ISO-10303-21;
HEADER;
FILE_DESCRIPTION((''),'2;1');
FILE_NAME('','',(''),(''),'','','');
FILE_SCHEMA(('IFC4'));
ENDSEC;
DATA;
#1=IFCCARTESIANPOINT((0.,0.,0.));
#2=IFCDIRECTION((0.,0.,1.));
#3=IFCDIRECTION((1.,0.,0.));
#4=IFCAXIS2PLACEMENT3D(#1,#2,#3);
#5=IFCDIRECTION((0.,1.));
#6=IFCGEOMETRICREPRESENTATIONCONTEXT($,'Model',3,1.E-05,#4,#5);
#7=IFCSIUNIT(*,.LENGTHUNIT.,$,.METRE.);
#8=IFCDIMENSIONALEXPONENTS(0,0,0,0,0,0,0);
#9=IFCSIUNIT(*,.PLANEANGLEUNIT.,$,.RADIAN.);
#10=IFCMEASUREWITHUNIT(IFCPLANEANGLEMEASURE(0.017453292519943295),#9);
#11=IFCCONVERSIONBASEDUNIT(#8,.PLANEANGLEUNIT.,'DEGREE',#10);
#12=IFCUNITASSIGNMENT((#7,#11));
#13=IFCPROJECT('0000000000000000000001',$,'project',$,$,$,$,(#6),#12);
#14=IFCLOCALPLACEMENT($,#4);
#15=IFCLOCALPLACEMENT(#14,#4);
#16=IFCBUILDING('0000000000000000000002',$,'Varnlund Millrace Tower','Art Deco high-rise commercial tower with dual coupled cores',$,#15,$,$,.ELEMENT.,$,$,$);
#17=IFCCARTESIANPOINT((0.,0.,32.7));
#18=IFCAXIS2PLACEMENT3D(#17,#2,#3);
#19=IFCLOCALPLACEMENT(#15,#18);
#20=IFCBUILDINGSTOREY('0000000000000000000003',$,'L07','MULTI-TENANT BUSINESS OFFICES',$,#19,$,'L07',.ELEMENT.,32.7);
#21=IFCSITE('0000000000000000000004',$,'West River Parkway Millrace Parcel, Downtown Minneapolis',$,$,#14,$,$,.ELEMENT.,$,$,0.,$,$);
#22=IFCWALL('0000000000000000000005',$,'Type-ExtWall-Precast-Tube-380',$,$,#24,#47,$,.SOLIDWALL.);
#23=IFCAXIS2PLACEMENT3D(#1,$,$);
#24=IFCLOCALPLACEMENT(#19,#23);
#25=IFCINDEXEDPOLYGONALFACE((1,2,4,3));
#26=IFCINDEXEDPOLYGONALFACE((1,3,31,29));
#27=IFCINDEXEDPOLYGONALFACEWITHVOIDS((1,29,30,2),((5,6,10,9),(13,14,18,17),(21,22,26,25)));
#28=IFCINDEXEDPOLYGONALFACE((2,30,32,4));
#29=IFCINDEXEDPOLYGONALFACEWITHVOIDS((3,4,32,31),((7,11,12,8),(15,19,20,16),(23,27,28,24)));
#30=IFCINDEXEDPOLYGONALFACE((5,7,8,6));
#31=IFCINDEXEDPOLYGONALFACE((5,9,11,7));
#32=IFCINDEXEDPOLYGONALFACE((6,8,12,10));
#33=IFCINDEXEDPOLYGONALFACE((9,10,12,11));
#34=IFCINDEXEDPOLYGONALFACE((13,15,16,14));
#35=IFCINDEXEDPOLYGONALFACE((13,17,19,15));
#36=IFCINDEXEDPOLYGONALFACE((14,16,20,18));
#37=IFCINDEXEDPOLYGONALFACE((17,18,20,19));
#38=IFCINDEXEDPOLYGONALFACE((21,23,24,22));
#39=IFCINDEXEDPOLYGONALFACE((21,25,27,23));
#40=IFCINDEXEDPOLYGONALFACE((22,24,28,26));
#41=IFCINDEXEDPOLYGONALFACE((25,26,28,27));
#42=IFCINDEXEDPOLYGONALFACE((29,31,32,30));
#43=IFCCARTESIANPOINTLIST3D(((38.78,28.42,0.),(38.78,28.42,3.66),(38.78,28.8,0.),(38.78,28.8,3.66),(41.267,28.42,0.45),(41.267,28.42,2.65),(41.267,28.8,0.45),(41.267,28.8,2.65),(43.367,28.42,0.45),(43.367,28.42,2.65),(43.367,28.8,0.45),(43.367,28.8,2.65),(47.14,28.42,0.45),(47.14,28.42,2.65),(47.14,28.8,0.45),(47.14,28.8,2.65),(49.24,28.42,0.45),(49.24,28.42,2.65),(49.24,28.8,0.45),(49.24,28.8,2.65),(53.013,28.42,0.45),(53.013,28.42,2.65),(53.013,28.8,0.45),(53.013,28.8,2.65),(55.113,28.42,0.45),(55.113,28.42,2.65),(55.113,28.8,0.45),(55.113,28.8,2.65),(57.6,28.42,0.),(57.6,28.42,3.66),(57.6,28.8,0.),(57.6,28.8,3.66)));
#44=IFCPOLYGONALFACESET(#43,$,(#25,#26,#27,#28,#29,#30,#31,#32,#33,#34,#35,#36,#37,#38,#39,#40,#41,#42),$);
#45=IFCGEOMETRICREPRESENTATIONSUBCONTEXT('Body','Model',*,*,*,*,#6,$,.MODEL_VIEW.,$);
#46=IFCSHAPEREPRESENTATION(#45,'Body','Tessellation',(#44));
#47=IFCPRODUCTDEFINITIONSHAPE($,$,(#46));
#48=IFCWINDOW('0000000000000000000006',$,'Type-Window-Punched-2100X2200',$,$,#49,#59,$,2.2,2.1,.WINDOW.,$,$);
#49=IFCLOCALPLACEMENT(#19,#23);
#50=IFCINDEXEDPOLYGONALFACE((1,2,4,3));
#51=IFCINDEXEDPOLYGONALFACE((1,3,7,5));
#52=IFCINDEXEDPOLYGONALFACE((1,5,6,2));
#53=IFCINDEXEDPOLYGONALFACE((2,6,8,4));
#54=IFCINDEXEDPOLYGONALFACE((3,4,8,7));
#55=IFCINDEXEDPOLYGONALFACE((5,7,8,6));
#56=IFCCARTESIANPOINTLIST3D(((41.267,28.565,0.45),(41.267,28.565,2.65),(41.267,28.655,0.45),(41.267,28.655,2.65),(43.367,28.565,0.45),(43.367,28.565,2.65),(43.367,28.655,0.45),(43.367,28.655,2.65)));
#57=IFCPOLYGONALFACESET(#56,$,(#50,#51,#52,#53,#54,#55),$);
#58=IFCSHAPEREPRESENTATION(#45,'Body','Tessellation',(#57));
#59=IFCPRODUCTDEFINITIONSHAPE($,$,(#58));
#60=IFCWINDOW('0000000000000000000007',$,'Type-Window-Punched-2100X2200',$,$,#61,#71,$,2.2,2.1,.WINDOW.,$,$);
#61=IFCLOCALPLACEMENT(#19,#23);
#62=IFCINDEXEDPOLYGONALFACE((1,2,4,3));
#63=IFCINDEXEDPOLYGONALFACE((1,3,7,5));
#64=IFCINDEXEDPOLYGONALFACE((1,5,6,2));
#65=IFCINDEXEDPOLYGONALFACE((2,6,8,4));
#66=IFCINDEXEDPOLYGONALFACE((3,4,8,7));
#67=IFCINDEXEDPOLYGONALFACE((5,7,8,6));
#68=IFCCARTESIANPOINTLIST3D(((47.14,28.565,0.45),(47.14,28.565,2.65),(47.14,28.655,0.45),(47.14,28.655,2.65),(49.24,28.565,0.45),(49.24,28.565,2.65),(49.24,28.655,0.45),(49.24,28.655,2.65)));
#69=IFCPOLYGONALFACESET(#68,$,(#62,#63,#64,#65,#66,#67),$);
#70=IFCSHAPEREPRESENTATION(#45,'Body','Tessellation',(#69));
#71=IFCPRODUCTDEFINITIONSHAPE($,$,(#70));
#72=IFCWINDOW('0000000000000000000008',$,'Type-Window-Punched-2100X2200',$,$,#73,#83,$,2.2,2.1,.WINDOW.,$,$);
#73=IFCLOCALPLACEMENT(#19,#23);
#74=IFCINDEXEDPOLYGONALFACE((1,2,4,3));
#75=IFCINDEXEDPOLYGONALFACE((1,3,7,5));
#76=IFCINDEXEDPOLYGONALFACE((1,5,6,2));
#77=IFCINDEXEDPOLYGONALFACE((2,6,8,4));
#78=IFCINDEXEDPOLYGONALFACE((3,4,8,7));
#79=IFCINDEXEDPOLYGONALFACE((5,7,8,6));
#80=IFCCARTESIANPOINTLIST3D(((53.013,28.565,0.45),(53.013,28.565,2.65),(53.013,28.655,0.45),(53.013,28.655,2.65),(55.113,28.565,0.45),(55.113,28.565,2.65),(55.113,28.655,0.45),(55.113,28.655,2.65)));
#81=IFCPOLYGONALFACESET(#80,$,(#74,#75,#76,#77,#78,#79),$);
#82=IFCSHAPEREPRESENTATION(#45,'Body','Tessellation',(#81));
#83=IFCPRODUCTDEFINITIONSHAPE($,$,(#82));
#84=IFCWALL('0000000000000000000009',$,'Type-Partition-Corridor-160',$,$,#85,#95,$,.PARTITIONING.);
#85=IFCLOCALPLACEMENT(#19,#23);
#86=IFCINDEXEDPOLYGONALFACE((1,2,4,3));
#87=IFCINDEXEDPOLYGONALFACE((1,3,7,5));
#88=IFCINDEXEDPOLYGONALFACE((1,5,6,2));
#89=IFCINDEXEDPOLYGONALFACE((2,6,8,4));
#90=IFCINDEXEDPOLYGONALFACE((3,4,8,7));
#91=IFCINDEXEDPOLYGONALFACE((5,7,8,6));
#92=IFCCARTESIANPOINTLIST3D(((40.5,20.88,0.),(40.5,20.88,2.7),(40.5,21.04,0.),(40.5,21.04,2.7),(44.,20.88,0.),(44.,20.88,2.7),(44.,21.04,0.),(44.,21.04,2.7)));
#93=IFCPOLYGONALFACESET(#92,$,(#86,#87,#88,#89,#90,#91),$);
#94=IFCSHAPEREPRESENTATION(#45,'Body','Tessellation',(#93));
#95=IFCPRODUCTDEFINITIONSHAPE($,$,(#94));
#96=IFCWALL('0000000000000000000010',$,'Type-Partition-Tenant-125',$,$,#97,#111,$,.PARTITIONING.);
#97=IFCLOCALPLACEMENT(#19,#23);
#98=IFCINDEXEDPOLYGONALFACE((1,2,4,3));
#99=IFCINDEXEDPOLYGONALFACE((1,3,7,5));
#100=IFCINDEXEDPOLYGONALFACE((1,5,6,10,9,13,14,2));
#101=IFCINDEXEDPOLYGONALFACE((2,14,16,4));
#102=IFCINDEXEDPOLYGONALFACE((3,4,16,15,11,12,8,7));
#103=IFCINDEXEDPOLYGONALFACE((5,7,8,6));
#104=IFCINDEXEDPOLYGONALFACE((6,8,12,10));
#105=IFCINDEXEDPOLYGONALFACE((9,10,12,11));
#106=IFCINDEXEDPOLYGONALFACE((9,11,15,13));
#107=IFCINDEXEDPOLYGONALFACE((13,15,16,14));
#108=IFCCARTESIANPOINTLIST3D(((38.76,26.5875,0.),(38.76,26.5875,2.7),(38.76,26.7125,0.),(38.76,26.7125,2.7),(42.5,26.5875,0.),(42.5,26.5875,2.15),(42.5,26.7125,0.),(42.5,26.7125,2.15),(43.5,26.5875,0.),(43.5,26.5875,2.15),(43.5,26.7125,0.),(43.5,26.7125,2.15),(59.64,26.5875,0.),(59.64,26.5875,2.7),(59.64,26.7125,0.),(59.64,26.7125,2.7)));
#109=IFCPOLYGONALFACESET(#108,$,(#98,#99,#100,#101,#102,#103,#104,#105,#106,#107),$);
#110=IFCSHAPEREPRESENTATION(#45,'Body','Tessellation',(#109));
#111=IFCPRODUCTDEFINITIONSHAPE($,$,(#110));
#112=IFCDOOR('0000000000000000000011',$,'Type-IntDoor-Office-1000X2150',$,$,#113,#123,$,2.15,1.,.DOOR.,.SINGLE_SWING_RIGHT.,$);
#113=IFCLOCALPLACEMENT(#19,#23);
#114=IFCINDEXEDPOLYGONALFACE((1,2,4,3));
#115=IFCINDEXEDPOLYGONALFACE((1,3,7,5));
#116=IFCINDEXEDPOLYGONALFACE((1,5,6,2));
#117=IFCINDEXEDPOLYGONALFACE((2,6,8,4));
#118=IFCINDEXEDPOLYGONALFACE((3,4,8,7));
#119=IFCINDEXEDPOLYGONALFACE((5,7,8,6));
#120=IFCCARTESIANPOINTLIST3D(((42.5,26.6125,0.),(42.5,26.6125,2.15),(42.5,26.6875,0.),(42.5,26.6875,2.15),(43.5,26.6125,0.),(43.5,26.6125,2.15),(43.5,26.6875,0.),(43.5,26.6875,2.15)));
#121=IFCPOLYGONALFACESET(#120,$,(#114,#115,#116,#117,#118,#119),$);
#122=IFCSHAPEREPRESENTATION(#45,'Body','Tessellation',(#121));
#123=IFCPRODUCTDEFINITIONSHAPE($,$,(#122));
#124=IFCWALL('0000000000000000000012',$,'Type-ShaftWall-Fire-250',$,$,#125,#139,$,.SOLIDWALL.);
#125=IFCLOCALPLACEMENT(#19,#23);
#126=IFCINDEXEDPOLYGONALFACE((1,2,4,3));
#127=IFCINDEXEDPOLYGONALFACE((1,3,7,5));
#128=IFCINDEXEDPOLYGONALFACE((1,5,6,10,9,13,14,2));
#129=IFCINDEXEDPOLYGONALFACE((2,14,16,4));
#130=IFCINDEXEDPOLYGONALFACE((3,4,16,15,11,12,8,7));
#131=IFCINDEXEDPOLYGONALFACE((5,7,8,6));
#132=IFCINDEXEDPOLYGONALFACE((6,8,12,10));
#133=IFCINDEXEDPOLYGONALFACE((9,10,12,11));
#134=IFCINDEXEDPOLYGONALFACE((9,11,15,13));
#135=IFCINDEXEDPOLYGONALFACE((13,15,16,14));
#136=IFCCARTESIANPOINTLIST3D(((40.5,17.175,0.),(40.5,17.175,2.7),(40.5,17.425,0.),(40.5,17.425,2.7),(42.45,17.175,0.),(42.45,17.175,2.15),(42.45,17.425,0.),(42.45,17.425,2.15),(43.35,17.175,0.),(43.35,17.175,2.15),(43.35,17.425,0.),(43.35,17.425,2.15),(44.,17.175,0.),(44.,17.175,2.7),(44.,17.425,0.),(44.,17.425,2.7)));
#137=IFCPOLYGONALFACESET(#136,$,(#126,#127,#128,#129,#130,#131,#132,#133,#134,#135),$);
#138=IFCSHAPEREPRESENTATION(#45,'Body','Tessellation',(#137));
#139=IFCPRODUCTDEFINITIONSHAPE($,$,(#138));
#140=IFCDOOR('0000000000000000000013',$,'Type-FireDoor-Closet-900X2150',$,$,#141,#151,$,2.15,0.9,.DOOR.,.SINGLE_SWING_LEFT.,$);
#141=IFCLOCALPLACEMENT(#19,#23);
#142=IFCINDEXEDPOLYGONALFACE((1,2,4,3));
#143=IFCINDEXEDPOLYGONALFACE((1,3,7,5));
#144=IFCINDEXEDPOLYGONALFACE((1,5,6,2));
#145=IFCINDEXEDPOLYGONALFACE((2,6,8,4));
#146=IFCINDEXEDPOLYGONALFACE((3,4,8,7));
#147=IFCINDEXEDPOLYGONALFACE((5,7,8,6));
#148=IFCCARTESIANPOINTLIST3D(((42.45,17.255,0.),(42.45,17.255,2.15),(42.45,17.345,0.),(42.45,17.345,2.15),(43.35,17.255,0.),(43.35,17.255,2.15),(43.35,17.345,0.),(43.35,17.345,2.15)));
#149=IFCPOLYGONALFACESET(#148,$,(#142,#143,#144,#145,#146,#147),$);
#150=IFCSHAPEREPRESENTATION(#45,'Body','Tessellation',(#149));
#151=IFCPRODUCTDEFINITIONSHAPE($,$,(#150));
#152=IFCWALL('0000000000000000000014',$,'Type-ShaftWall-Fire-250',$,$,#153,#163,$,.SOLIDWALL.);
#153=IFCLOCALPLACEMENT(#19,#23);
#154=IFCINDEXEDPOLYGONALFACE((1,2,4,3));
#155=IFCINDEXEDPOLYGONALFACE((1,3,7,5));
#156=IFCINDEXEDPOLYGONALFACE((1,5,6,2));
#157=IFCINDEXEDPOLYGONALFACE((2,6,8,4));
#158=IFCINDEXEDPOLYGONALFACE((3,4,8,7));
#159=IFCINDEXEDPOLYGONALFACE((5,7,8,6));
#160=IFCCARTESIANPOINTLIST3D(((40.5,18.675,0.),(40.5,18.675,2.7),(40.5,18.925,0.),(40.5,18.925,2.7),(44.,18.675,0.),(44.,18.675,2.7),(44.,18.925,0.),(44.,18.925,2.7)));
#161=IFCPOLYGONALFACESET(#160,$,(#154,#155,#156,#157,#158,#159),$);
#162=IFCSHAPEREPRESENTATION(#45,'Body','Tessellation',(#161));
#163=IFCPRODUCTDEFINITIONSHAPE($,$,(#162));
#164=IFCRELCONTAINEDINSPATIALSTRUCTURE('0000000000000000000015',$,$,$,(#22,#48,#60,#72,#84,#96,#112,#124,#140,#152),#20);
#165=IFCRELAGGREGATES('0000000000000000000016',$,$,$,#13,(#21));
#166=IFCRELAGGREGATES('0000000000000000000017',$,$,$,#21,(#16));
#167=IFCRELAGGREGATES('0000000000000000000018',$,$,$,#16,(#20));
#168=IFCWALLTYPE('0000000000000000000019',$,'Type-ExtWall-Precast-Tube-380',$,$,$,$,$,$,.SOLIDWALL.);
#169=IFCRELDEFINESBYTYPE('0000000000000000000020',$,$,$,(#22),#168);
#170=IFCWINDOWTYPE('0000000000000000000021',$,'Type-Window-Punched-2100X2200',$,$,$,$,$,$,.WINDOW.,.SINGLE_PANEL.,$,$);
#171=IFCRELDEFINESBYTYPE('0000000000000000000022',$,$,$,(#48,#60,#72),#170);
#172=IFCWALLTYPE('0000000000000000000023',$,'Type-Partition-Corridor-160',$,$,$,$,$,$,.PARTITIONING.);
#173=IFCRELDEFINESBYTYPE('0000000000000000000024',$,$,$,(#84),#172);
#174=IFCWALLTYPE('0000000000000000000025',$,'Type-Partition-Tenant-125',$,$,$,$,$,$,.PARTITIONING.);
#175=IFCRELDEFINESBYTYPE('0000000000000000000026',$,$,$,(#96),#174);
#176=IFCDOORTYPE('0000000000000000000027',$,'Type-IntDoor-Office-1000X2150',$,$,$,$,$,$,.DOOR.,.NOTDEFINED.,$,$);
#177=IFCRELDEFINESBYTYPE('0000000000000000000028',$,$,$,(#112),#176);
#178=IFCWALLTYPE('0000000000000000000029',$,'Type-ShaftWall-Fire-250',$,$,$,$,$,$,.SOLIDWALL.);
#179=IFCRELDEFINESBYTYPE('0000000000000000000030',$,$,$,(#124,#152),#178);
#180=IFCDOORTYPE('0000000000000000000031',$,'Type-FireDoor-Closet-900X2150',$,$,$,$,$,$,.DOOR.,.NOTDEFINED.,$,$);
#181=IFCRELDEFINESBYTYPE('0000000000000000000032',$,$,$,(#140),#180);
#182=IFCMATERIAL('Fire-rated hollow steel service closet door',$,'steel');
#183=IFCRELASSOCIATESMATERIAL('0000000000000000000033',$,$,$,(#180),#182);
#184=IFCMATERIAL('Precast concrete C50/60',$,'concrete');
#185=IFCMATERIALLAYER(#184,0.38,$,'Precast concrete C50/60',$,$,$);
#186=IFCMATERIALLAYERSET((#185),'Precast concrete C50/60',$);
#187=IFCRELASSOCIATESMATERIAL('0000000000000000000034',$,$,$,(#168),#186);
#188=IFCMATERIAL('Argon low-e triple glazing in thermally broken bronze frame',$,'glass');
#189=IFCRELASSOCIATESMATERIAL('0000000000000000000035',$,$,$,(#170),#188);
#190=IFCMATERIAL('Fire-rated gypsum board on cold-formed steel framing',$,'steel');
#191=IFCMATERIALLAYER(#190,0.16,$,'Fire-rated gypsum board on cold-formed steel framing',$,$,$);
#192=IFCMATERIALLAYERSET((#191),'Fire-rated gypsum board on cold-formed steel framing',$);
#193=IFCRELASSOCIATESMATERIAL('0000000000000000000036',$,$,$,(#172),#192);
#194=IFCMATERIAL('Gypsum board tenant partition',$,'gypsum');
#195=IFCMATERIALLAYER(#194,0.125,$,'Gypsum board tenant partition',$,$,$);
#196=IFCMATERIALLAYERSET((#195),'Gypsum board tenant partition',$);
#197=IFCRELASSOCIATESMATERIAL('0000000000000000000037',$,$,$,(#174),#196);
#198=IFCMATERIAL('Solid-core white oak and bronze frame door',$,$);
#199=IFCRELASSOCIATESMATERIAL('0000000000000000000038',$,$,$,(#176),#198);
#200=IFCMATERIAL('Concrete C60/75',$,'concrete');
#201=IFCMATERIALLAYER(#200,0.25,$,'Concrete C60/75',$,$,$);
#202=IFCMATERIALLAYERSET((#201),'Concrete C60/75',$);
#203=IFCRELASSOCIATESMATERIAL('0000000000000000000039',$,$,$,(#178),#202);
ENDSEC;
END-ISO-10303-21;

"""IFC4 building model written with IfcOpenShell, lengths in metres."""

from ifc_helpers import new_model, entity, si_unit, converted_unit, direction, frame, origin_with_axes, origin_2d_with_axis, place, context, subcontext, project, spatial, polyline, rectangle, outline, extrude, material, layer, layer_set, type_object, element, fill, save


model = new_model("IFC4")

# Units and contexts
model_context = context("Model", 3, precision=1e-05, world=origin_with_axes(), true_north=direction((0.0, 1.0)))
body_context = subcontext(model_context, "Body", "Model", "MODEL_VIEW")
ifc_project = project(units=[si_unit("LENGTHUNIT", "METRE"), converted_unit("PLANEANGLEUNIT", "DEGREE", entity("IfcPlaneAngleMeasure", 0.017453292519943295), si_unit("PLANEANGLEUNIT", "RADIAN"), dimensions=[0, 0, 0, 0, 0, 0, 0])], contexts=[model_context])

# Site, building, storey
site_placement = place(None, origin_with_axes())
site = spatial("IfcSite", under=ifc_project, at=site_placement, Name="West River Parkway Millrace Parcel, Downtown Minneapolis", CompositionType="ELEMENT", RefElevation=0.0)
building_placement = place(site_placement, origin_with_axes())
building = spatial("IfcBuilding", under=site, at=building_placement, Name="Varnlund Millrace Tower", Description="Art Deco high-rise commercial tower with dual coupled cores", CompositionType="ELEMENT")
storey_placement = place(building_placement, frame((0.0, 0.0, 32.7), z_axis=(0.0, 0.0, 1.0), x_axis=(1.0, 0.0, 0.0)))
storey = spatial("IfcBuildingStorey", under=building, at=storey_placement, Name="L07", Description="MULTI-TENANT BUSINESS OFFICES", LongName="L07", CompositionType="ELEMENT", Elevation=32.7)

# Shared definitions
ifc_material_1 = material(Name="Fire-rated hollow steel service closet door", Category="steel")
door_type_1 = type_object("IfcDoorType", Name="Type-FireDoor-Closet-900X2150", OperationType="NOTDEFINED", PredefinedType="DOOR", material=ifc_material_1)

# Wall, openings, windows
ifc_material_2 = material(Name="Precast concrete C50/60", Category="concrete")
ifc_layer_1 = layer(ifc_material_2, 0.38, Name="Precast concrete C50/60")
ifc_layer_set_1 = layer_set([ifc_layer_1], Name="Precast concrete C50/60")
wall_type_1 = type_object("IfcWallType", Name="Type-ExtWall-Precast-Tube-380", PredefinedType="SOLIDWALL", material=ifc_layer_set_1)
wall_1_placement = place(storey_placement, frame((38.78, 28.61, 0.0), z_axis=(0.0, 0.0, 1.0), x_axis=(1.0, 0.0, 0.0)))
wall_1 = element("IfcWall", 1, at=wall_1_placement, inside=storey, type_object=wall_type_1, Name="Type-ExtWall-Precast-Tube-380", PredefinedType="SOLIDWALL", context=body_context, shape_type="SweptSolid", body=[
    extrude(outline(polyline([(0.0, -0.19), (18.82, -0.19), (18.82, 0.19), (0.0, 0.19), (0.0, -0.19)])), origin_with_axes(), (0.0, 0.0, 1.0), 3.66),
])
opening_1_placement = place(wall_1_placement, frame((3.537, 0.0, 0.45), z_axis=(0.0, 0.0, 1.0), x_axis=(1.0, 0.0, 0.0)))
opening_1 = element("IfcOpeningElement", 2, at=opening_1_placement, cuts=wall_1, PredefinedType="OPENING", context=body_context, shape_type="SweptSolid", body=[
    extrude(rectangle(XDim=2.1, YDim=0.4, at=origin_2d_with_axis()), origin_with_axes(), (0.0, 0.0, 1.0), 2.2),
])
opening_2_placement = place(wall_1_placement, frame((9.41, 0.0, 0.45), z_axis=(0.0, 0.0, 1.0), x_axis=(1.0, 0.0, 0.0)))
opening_2 = element("IfcOpeningElement", 3, at=opening_2_placement, cuts=wall_1, PredefinedType="OPENING", context=body_context, shape_type="SweptSolid", body=[
    extrude(rectangle(XDim=2.1, YDim=0.4, at=origin_2d_with_axis()), origin_with_axes(), (0.0, 0.0, 1.0), 2.2),
])
opening_3_placement = place(wall_1_placement, frame((15.283, 0.0, 0.45), z_axis=(0.0, 0.0, 1.0), x_axis=(1.0, 0.0, 0.0)))
opening_3 = element("IfcOpeningElement", 4, at=opening_3_placement, cuts=wall_1, PredefinedType="OPENING", context=body_context, shape_type="SweptSolid", body=[
    extrude(rectangle(XDim=2.1, YDim=0.4, at=origin_2d_with_axis()), origin_with_axes(), (0.0, 0.0, 1.0), 2.2),
])
ifc_material_3 = material(Name="Argon low-e triple glazing in thermally broken bronze frame", Category="glass")
window_type = type_object("IfcWindowType", Name="Type-Window-Punched-2100X2200", PartitioningType="SINGLE_PANEL", PredefinedType="WINDOW", material=ifc_material_3)
window_1_placement = place(wall_1_placement, frame((3.537, 0.0, 0.45), z_axis=(0.0, 0.0, 1.0), x_axis=(1.0, 0.0, 0.0)))
window_1 = element("IfcWindow", 5, at=window_1_placement, inside=storey, type_object=window_type, Name="Type-Window-Punched-2100X2200", OverallHeight=2.2, OverallWidth=2.1, PredefinedType="WINDOW", context=body_context, shape_type="SweptSolid", body=[
    extrude(rectangle(XDim=2.1, YDim=0.09, at=origin_2d_with_axis()), origin_with_axes(), (0.0, 0.0, 1.0), 2.2),
])
fill(opening_1, window_1)
window_2_placement = place(wall_1_placement, frame((9.41, 0.0, 0.45), z_axis=(0.0, 0.0, 1.0), x_axis=(1.0, 0.0, 0.0)))
window_2 = element("IfcWindow", 6, at=window_2_placement, inside=storey, type_object=window_type, Name="Type-Window-Punched-2100X2200", OverallHeight=2.2, OverallWidth=2.1, PredefinedType="WINDOW", context=body_context, shape_type="SweptSolid", body=[
    extrude(rectangle(XDim=2.1, YDim=0.09, at=origin_2d_with_axis()), origin_with_axes(), (0.0, 0.0, 1.0), 2.2),
])
fill(opening_2, window_2)
window_3_placement = place(wall_1_placement, frame((15.283, 0.0, 0.45), z_axis=(0.0, 0.0, 1.0), x_axis=(1.0, 0.0, 0.0)))
window_3 = element("IfcWindow", 7, at=window_3_placement, inside=storey, type_object=window_type, Name="Type-Window-Punched-2100X2200", OverallHeight=2.2, OverallWidth=2.1, PredefinedType="WINDOW", context=body_context, shape_type="SweptSolid", body=[
    extrude(rectangle(XDim=2.1, YDim=0.09, at=origin_2d_with_axis()), origin_with_axes(), (0.0, 0.0, 1.0), 2.2),
])
fill(opening_3, window_3)

# Wall
ifc_material_4 = material(Name="Fire-rated gypsum board on cold-formed steel framing", Category="steel")
ifc_layer_2 = layer(ifc_material_4, 0.16, Name="Fire-rated gypsum board on cold-formed steel framing")
ifc_layer_set_2 = layer_set([ifc_layer_2], Name="Fire-rated gypsum board on cold-formed steel framing")
wall_type_2 = type_object("IfcWallType", Name="Type-Partition-Corridor-160", PredefinedType="PARTITIONING", material=ifc_layer_set_2)
wall_2_placement = place(storey_placement, frame((40.5, 20.96, 0.0), z_axis=(0.0, 0.0, 1.0), x_axis=(1.0, 0.0, 0.0)))
element("IfcWall", 8, at=wall_2_placement, inside=storey, type_object=wall_type_2, Name="Type-Partition-Corridor-160", PredefinedType="PARTITIONING", context=body_context, shape_type="SweptSolid", body=[
    extrude(outline(polyline([(0.0, -0.08), (3.5, -0.08), (3.5, 0.08), (0.0, 0.08), (0.0, -0.08)])), origin_with_axes(), (0.0, 0.0, 1.0), 2.7),
])

# Walls, openings, doors
ifc_material_5 = material(Name="Gypsum board tenant partition", Category="gypsum")
ifc_layer_3 = layer(ifc_material_5, 0.125, Name="Gypsum board tenant partition")
ifc_layer_set_3 = layer_set([ifc_layer_3], Name="Gypsum board tenant partition")
wall_type_3 = type_object("IfcWallType", Name="Type-Partition-Tenant-125", PredefinedType="PARTITIONING", material=ifc_layer_set_3)
wall_3_placement = place(storey_placement, frame((38.76, 26.65, 0.0), z_axis=(0.0, 0.0, 1.0), x_axis=(1.0, 0.0, 0.0)))
wall_3 = element("IfcWall", 9, at=wall_3_placement, inside=storey, type_object=wall_type_3, Name="Type-Partition-Tenant-125", PredefinedType="PARTITIONING", context=body_context, shape_type="SweptSolid", body=[
    extrude(outline(polyline([(0.0, -0.0625), (20.88, -0.0625), (20.88, 0.0625), (0.0, 0.0625), (0.0, -0.0625)])), origin_with_axes(), (0.0, 0.0, 1.0), 2.7),
])
opening_4_placement = place(wall_3_placement, frame((4.24, 0.0, 0.0), z_axis=(0.0, 0.0, 1.0), x_axis=(1.0, 0.0, 0.0)))
opening_4 = element("IfcOpeningElement", 10, at=opening_4_placement, cuts=wall_3, PredefinedType="OPENING", context=body_context, shape_type="SweptSolid", body=[
    extrude(rectangle(XDim=1.0, YDim=0.145, at=origin_2d_with_axis()), origin_with_axes(), (0.0, 0.0, 1.0), 2.15),
])
ifc_material_6 = material(Name="Solid-core white oak and bronze frame door")
door_type_2 = type_object("IfcDoorType", Name="Type-IntDoor-Office-1000X2150", OperationType="NOTDEFINED", PredefinedType="DOOR", material=ifc_material_6)
door_1_placement = place(wall_3_placement, frame((4.24, 0.0, 0.0), z_axis=(0.0, 0.0, 1.0), x_axis=(1.0, 0.0, 0.0)))
door_1 = element("IfcDoor", 11, at=door_1_placement, inside=storey, type_object=door_type_2, Name="Type-IntDoor-Office-1000X2150", OperationType="SINGLE_SWING_RIGHT", OverallHeight=2.15, OverallWidth=1.0, PredefinedType="DOOR", context=body_context, shape_type="SweptSolid", body=[
    extrude(rectangle(XDim=1.0, YDim=0.075, at=origin_2d_with_axis()), origin_with_axes(), (0.0, 0.0, 1.0), 2.15),
])
fill(opening_4, door_1)
ifc_material_7 = material(Name="Concrete C60/75", Category="concrete")
ifc_layer_4 = layer(ifc_material_7, 0.25, Name="Concrete C60/75")
ifc_layer_set_4 = layer_set([ifc_layer_4], Name="Concrete C60/75")
wall_type_4 = type_object("IfcWallType", Name="Type-ShaftWall-Fire-250", PredefinedType="SOLIDWALL", material=ifc_layer_set_4)
wall_4_placement = place(storey_placement, frame((40.5, 17.3, 0.0), z_axis=(0.0, 0.0, 1.0), x_axis=(1.0, 0.0, 0.0)))
wall_4 = element("IfcWall", 12, at=wall_4_placement, inside=storey, type_object=wall_type_4, Name="Type-ShaftWall-Fire-250", PredefinedType="SOLIDWALL", context=body_context, shape_type="SweptSolid", body=[
    extrude(outline(polyline([(0.0, -0.125), (3.5, -0.125), (3.5, 0.125), (0.0, 0.125), (0.0, -0.125)])), origin_with_axes(), (0.0, 0.0, 1.0), 2.7),
])
opening_5_placement = place(wall_4_placement, frame((2.4, 0.0, 0.0), z_axis=(0.0, 0.0, 1.0), x_axis=(1.0, 0.0, 0.0)))
opening_5 = element("IfcOpeningElement", 13, at=opening_5_placement, cuts=wall_4, PredefinedType="OPENING", context=body_context, shape_type="SweptSolid", body=[
    extrude(rectangle(XDim=0.9, YDim=0.27, at=origin_2d_with_axis()), origin_with_axes(), (0.0, 0.0, 1.0), 2.15),
])
door_2_placement = place(wall_4_placement, frame((2.4, 0.0, 0.0), z_axis=(0.0, 0.0, 1.0), x_axis=(1.0, 0.0, 0.0)))
door_2 = element("IfcDoor", 14, at=door_2_placement, inside=storey, type_object=door_type_1, Name="Type-FireDoor-Closet-900X2150", OperationType="SINGLE_SWING_LEFT", OverallHeight=2.15, OverallWidth=0.9, PredefinedType="DOOR", context=body_context, shape_type="SweptSolid", body=[
    extrude(rectangle(XDim=0.9, YDim=0.09, at=origin_2d_with_axis()), origin_with_axes(), (0.0, 0.0, 1.0), 2.15),
])
fill(opening_5, door_2)

# Wall
wall_5_placement = place(storey_placement, frame((40.5, 18.8, 0.0), z_axis=(0.0, 0.0, 1.0), x_axis=(1.0, 0.0, 0.0)))
element("IfcWall", 15, at=wall_5_placement, inside=storey, type_object=wall_type_4, Name="Type-ShaftWall-Fire-250", PredefinedType="SOLIDWALL", context=body_context, shape_type="SweptSolid", body=[
    extrude(outline(polyline([(0.0, -0.125), (3.5, -0.125), (3.5, 0.125), (0.0, 0.125), (0.0, -0.125)])), origin_with_axes(), (0.0, 0.0, 1.0), 2.7),
])

save(model, "model.ifc")
